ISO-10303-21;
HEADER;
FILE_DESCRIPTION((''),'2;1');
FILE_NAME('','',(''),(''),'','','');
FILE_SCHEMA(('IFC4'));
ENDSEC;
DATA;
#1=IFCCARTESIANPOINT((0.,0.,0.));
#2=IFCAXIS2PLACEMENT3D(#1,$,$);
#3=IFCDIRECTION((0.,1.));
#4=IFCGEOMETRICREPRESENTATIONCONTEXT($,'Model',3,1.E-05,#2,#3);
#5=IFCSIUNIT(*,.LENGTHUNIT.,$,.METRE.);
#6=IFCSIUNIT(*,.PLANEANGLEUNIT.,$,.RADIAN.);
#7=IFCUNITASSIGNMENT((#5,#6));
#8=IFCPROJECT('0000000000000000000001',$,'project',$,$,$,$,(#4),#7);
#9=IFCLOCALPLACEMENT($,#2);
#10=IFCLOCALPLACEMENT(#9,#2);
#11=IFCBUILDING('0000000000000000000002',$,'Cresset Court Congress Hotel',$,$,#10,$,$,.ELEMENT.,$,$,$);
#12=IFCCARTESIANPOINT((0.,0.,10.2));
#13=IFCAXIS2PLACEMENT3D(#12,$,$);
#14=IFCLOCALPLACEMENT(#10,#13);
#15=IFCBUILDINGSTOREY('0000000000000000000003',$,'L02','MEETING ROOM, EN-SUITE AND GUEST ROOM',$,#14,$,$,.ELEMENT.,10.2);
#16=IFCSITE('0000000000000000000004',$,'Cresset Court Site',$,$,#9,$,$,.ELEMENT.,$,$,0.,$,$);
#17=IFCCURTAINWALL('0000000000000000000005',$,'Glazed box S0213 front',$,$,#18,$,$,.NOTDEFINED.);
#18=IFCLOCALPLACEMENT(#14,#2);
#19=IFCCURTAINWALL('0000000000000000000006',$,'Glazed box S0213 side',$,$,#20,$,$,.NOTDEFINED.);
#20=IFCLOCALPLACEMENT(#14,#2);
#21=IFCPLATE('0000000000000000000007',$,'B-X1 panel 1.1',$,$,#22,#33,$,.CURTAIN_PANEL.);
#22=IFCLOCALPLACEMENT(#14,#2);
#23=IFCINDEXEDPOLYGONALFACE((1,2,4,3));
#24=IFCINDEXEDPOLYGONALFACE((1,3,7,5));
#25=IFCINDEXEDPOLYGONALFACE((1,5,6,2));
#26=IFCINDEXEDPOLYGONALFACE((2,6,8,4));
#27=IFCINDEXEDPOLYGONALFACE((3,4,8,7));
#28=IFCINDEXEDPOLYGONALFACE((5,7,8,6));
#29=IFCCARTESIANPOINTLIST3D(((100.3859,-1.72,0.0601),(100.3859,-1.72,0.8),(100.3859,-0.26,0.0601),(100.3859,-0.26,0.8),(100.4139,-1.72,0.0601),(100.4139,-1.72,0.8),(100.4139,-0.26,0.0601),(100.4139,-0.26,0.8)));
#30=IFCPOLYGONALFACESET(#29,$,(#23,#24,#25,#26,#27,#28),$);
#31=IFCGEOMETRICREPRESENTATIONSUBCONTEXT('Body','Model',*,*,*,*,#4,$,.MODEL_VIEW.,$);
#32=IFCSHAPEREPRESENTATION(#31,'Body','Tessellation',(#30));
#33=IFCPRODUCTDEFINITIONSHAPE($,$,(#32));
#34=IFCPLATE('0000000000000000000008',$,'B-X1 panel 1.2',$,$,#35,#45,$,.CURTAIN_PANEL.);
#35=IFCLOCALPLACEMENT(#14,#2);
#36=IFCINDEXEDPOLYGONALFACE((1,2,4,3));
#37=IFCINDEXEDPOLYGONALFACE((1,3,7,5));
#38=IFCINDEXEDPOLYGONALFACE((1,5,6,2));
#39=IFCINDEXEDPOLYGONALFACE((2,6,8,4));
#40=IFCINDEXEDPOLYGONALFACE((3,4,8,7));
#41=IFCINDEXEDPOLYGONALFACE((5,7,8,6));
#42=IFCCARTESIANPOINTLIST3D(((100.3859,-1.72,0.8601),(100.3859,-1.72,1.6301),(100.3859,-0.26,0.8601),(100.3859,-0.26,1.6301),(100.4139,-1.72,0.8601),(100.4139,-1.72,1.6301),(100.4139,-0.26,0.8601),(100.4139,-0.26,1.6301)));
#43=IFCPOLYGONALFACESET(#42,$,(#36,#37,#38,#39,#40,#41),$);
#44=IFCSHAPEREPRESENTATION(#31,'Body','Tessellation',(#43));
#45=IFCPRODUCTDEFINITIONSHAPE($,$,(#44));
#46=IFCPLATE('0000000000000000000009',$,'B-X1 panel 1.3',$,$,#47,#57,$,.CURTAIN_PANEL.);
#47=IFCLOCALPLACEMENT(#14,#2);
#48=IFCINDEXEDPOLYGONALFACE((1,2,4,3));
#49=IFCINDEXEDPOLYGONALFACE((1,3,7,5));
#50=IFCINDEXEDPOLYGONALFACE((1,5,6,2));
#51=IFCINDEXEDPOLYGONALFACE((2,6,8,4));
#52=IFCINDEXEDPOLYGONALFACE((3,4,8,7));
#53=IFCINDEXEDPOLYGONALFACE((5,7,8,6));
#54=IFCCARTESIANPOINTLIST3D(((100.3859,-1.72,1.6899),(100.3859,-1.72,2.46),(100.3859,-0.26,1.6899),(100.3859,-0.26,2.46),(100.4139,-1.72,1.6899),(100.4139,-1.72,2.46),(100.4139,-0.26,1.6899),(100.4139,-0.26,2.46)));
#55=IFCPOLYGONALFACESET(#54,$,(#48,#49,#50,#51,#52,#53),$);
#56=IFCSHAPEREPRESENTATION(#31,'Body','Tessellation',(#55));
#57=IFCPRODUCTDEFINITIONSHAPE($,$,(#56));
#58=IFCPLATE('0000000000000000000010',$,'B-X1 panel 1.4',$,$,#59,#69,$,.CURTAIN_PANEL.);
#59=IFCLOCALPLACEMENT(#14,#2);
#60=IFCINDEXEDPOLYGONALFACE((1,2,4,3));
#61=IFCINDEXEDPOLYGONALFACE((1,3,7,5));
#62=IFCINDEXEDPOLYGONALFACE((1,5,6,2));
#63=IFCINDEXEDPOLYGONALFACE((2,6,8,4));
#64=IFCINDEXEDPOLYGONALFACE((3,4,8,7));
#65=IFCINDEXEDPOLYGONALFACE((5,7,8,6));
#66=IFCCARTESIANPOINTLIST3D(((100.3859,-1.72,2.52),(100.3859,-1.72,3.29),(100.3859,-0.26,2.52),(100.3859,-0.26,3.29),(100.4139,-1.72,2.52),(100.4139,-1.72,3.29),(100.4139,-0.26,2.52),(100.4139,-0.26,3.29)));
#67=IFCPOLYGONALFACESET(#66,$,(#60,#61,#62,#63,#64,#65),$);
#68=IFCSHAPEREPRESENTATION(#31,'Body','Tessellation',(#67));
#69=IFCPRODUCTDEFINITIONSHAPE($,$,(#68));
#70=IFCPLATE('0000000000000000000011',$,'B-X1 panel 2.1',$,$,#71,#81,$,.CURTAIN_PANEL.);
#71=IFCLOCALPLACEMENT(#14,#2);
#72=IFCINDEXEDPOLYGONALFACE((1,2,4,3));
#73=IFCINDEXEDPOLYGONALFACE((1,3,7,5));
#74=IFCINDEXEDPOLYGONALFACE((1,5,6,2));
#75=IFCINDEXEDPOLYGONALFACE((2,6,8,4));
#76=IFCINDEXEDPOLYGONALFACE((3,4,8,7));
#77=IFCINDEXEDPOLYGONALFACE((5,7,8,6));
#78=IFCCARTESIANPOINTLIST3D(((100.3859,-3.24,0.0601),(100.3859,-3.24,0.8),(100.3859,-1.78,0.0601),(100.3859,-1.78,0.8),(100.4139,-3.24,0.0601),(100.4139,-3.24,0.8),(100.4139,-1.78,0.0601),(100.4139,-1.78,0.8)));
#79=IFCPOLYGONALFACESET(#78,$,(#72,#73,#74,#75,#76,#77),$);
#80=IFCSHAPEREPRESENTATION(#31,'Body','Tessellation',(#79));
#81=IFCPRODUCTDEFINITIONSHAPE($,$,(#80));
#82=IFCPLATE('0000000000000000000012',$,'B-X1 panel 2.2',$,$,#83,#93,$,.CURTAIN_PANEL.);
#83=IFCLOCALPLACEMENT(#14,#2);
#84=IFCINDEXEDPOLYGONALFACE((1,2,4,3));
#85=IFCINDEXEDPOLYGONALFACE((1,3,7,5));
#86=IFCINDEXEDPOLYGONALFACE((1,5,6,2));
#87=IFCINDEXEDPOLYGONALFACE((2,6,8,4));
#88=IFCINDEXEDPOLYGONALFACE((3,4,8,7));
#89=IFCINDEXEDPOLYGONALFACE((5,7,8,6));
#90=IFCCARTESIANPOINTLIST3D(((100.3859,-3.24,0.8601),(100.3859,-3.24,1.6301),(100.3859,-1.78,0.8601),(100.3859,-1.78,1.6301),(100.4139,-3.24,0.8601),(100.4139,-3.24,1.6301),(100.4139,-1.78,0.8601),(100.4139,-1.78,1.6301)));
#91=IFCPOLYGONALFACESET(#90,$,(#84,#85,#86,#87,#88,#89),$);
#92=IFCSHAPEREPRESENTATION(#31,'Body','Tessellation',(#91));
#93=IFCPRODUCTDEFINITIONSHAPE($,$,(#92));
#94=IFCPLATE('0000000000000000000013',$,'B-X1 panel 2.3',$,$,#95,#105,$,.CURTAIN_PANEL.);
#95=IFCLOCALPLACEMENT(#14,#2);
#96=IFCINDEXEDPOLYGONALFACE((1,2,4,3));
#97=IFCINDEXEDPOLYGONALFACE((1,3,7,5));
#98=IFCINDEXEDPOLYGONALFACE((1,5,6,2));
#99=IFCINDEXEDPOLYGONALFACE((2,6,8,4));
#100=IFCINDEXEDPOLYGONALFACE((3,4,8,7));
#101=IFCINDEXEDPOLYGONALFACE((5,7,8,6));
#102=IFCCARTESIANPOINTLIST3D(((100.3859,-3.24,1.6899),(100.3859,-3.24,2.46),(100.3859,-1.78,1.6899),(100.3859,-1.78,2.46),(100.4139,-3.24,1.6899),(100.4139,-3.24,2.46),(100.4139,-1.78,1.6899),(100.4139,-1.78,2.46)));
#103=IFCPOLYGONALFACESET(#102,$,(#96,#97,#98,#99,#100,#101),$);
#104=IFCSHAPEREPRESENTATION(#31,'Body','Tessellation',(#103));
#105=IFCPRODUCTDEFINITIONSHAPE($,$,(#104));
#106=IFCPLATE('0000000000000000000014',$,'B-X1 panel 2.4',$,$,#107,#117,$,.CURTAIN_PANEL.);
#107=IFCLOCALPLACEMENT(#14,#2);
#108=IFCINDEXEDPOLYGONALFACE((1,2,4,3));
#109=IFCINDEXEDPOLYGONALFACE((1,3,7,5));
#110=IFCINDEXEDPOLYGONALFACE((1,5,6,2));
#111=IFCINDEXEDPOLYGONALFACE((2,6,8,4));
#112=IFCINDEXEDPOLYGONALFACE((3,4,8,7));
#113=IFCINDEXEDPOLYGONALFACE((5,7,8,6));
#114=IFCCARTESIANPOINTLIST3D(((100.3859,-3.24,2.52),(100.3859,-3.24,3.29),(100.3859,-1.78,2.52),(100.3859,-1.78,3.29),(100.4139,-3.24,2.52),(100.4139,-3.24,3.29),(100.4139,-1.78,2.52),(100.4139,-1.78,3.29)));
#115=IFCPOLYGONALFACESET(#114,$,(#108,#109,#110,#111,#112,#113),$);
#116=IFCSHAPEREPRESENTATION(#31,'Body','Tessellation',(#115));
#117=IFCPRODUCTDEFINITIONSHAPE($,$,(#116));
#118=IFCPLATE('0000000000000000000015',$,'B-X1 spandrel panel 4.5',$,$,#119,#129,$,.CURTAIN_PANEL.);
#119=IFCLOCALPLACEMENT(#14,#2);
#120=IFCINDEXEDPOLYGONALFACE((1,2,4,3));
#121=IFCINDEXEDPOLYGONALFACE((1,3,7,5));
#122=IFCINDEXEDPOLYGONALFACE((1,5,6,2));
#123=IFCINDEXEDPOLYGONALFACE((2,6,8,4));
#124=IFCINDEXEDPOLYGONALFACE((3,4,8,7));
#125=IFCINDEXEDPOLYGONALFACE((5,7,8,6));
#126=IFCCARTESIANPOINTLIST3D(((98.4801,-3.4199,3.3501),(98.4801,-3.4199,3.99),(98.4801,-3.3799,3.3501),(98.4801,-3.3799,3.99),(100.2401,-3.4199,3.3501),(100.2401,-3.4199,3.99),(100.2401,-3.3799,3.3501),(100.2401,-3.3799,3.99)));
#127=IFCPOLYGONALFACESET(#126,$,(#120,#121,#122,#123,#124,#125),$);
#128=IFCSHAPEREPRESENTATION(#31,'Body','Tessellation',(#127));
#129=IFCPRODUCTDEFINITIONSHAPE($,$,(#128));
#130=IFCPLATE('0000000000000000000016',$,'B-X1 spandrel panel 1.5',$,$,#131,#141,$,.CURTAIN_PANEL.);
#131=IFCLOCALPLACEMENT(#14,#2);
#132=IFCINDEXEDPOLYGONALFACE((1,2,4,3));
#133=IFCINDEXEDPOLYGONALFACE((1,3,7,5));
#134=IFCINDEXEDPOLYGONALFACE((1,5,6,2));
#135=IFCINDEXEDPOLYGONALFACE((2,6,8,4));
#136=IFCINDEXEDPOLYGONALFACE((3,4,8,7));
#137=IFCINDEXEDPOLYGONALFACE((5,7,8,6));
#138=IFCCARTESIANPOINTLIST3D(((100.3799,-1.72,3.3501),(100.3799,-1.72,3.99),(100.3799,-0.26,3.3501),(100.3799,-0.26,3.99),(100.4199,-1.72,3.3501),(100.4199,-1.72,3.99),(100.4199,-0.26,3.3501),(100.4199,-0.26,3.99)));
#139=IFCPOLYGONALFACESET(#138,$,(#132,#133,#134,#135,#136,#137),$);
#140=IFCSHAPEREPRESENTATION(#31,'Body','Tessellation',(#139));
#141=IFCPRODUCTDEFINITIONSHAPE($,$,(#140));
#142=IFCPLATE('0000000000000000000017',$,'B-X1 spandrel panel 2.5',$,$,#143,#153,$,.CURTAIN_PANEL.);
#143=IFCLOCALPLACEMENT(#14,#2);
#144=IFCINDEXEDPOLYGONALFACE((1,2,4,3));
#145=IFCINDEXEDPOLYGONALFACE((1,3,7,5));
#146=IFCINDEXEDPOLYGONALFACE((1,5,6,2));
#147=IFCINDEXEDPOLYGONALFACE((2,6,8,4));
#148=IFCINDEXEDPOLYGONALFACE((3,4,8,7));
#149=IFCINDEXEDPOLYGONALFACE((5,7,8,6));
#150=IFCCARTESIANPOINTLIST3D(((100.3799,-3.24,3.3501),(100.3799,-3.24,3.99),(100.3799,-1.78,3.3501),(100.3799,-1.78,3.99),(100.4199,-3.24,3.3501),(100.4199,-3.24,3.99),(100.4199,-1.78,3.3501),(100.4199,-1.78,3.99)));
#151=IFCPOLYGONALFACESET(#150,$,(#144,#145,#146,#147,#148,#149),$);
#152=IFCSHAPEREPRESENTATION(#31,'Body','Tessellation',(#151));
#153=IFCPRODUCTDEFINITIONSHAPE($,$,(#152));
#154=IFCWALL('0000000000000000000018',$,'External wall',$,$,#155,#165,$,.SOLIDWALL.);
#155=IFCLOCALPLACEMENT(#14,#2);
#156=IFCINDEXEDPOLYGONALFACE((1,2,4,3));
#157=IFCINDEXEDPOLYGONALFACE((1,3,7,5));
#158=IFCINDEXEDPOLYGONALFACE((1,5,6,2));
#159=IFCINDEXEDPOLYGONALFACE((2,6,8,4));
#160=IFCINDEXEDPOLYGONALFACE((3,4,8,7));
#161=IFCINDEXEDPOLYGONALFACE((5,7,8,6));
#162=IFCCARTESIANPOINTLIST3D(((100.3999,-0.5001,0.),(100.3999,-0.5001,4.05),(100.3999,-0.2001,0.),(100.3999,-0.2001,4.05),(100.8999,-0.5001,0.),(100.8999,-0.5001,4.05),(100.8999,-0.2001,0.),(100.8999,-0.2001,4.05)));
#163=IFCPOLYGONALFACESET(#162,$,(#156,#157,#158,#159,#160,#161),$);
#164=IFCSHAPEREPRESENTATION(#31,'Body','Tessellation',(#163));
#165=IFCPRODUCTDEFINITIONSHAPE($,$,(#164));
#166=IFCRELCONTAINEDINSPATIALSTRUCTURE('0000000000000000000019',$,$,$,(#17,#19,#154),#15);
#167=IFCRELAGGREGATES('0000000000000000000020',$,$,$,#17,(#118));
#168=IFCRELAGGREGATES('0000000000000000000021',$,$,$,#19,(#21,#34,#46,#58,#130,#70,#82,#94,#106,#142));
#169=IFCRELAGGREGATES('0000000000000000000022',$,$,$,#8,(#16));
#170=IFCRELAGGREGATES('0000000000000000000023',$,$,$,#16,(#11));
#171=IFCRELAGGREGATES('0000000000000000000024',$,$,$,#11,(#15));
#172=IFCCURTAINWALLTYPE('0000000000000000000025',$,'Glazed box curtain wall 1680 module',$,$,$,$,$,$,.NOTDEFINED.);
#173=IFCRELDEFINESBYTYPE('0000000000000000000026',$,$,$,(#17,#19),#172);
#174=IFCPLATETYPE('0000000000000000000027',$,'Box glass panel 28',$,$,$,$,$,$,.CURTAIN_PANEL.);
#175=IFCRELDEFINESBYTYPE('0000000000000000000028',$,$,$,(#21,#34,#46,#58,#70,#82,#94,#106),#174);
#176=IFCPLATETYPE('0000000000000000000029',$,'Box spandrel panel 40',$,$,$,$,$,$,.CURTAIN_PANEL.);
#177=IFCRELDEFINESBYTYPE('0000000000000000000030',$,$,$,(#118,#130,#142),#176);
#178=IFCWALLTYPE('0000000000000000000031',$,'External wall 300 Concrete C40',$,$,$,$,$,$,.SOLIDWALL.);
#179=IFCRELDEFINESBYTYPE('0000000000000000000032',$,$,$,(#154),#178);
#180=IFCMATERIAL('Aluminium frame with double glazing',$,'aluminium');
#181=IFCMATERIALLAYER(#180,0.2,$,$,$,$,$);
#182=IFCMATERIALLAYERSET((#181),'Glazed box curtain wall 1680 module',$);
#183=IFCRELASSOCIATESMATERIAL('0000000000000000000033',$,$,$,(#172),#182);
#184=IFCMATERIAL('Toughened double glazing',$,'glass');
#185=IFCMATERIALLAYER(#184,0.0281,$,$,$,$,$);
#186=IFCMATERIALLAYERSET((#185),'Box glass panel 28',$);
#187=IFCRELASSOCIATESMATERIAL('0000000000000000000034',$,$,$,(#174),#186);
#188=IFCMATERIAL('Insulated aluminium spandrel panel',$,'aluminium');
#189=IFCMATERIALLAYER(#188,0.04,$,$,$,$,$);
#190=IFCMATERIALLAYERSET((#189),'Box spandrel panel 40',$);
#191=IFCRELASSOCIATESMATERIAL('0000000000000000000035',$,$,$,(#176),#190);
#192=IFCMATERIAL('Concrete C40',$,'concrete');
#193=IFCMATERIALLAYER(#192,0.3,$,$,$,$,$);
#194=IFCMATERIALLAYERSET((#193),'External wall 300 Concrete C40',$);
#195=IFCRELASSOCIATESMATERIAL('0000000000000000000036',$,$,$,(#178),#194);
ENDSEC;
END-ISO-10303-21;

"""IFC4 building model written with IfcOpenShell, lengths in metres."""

from ifc_helpers import new_model, si_unit, direction, frame, frame_2d, origin, origin_2d, place, context, subcontext, project, spatial, rectangle, extrude, material, layer, layer_set, type_object, element, aggregate, save


model = new_model("IFC4")

# Units and contexts
model_context = context("Model", 3, precision=1e-05, world=origin(), true_north=direction((0.0, 1.0)))
body_context = subcontext(model_context, "Body", "Model", "MODEL_VIEW")
ifc_project = project(units=[si_unit("LENGTHUNIT", "METRE"), si_unit("PLANEANGLEUNIT", "RADIAN")], contexts=[model_context])

# Site, building, storey
site_placement = place(None, origin())
site = spatial("IfcSite", under=ifc_project, at=site_placement, Name="Cresset Court Site", CompositionType="ELEMENT", RefElevation=0.0)
building_placement = place(site_placement, origin())
building = spatial("IfcBuilding", under=site, at=building_placement, Name="Cresset Court Congress Hotel", CompositionType="ELEMENT")
storey_placement = place(building_placement, frame((0.0, 0.0, 10.2)))
storey = spatial("IfcBuildingStorey", under=building, at=storey_placement, Name="L02", Description="MEETING ROOM, EN-SUITE AND GUEST ROOM", CompositionType="ELEMENT", Elevation=10.2)

# Curtain wall
ifc_material_1 = material(Name="Aluminium frame with double glazing", Category="aluminium")
ifc_layer_1 = layer(ifc_material_1, 0.2)
ifc_layer_set_1 = layer_set([ifc_layer_1], Name="Glazed box curtain wall 1680 module")
curtain_wall_type = type_object("IfcCurtainWallType", Name="Glazed box curtain wall 1680 module", PredefinedType="NOTDEFINED", material=ifc_layer_set_1)
curtain_wall_1_placement = place(storey_placement, origin())
curtain_wall_1 = element("IfcCurtainWall", 1, at=curtain_wall_1_placement, inside=storey, type_object=curtain_wall_type, Name="Glazed box S0213 front", PredefinedType="NOTDEFINED")

# Curtain wall
curtain_wall_2_placement = place(storey_placement, origin())
curtain_wall_2 = element("IfcCurtainWall", 2, at=curtain_wall_2_placement, inside=storey, type_object=curtain_wall_type, Name="Glazed box S0213 side", PredefinedType="NOTDEFINED")

# Plates
ifc_material_2 = material(Name="Toughened double glazing", Category="glass")
ifc_layer_2 = layer(ifc_material_2, 0.0281)
ifc_layer_set_2 = layer_set([ifc_layer_2], Name="Box glass panel 28")
plate_type_1 = type_object("IfcPlateType", Name="Box glass panel 28", PredefinedType="CURTAIN_PANEL", material=ifc_layer_set_2)
plate_1_placement = place(storey_placement, frame((100.3999, -0.99, 0.0601), z_axis=(0.0, 0.0, 1.0), x_axis=(0.0, -1.0, 0.0)))
plate_1 = element("IfcPlate", 3, at=plate_1_placement, type_object=plate_type_1, Name="B-X1 panel 1.1", PredefinedType="CURTAIN_PANEL", context=body_context, shape_type="SweptSolid", body=[
    extrude(rectangle(XDim=1.46, YDim=0.0281, at=origin_2d()), origin(), (0.0, 0.0, 1.0), 0.74),
])
plate_2_placement = place(storey_placement, frame((100.3999, -0.99, 0.8601), z_axis=(0.0, 0.0, 1.0), x_axis=(0.0, -1.0, 0.0)))
plate_2 = element("IfcPlate", 4, at=plate_2_placement, type_object=plate_type_1, Name="B-X1 panel 1.2", PredefinedType="CURTAIN_PANEL", context=body_context, shape_type="SweptSolid", body=[
    extrude(rectangle(XDim=1.46, YDim=0.0281, at=origin_2d()), origin(), (0.0, 0.0, 1.0), 0.77),
])
plate_3_placement = place(storey_placement, frame((100.3999, -0.99, 1.6899), z_axis=(0.0, 0.0, 1.0), x_axis=(0.0, -1.0, 0.0)))
plate_3 = element("IfcPlate", 5, at=plate_3_placement, type_object=plate_type_1, Name="B-X1 panel 1.3", PredefinedType="CURTAIN_PANEL", context=body_context, shape_type="SweptSolid", body=[
    extrude(rectangle(XDim=1.46, YDim=0.0281, at=origin_2d()), origin(), (0.0, 0.0, 1.0), 0.77),
])
plate_4_placement = place(storey_placement, frame((100.3999, -0.99, 2.52), z_axis=(0.0, 0.0, 1.0), x_axis=(0.0, -1.0, 0.0)))
plate_4 = element("IfcPlate", 6, at=plate_4_placement, type_object=plate_type_1, Name="B-X1 panel 1.4", PredefinedType="CURTAIN_PANEL", context=body_context, shape_type="SweptSolid", body=[
    extrude(rectangle(XDim=1.46, YDim=0.0281, at=origin_2d()), origin(), (0.0, 0.0, 1.0), 0.77),
])
plate_5_placement = place(storey_placement, frame((100.3999, -2.51, 0.0601), z_axis=(0.0, 0.0, 1.0), x_axis=(0.0, -1.0, 0.0)))
plate_5 = element("IfcPlate", 7, at=plate_5_placement, type_object=plate_type_1, Name="B-X1 panel 2.1", PredefinedType="CURTAIN_PANEL", context=body_context, shape_type="SweptSolid", body=[
    extrude(rectangle(XDim=1.46, YDim=0.0281, at=origin_2d()), origin(), (0.0, 0.0, 1.0), 0.74),
])
plate_6_placement = place(storey_placement, frame((100.3999, -2.51, 0.8601), z_axis=(0.0, 0.0, 1.0), x_axis=(0.0, -1.0, 0.0)))
plate_6 = element("IfcPlate", 8, at=plate_6_placement, type_object=plate_type_1, Name="B-X1 panel 2.2", PredefinedType="CURTAIN_PANEL", context=body_context, shape_type="SweptSolid", body=[
    extrude(rectangle(XDim=1.46, YDim=0.0281, at=origin_2d()), origin(), (0.0, 0.0, 1.0), 0.77),
])
plate_7_placement = place(storey_placement, frame((100.3999, -2.51, 1.6899), z_axis=(0.0, 0.0, 1.0), x_axis=(0.0, -1.0, 0.0)))
plate_7 = element("IfcPlate", 9, at=plate_7_placement, type_object=plate_type_1, Name="B-X1 panel 2.3", PredefinedType="CURTAIN_PANEL", context=body_context, shape_type="SweptSolid", body=[
    extrude(rectangle(XDim=1.46, YDim=0.0281, at=origin_2d()), origin(), (0.0, 0.0, 1.0), 0.77),
])
plate_8_placement = place(storey_placement, frame((100.3999, -2.51, 2.52), z_axis=(0.0, 0.0, 1.0), x_axis=(0.0, -1.0, 0.0)))
plate_8 = element("IfcPlate", 10, at=plate_8_placement, type_object=plate_type_1, Name="B-X1 panel 2.4", PredefinedType="CURTAIN_PANEL", context=body_context, shape_type="SweptSolid", body=[
    extrude(rectangle(XDim=1.46, YDim=0.0281, at=origin_2d()), origin(), (0.0, 0.0, 1.0), 0.77),
])
ifc_material_3 = material(Name="Insulated aluminium spandrel panel", Category="aluminium")
ifc_layer_3 = layer(ifc_material_3, 0.04)
ifc_layer_set_3 = layer_set([ifc_layer_3], Name="Box spandrel panel 40")
plate_type_2 = type_object("IfcPlateType", Name="Box spandrel panel 40", PredefinedType="CURTAIN_PANEL", material=ifc_layer_set_3)
plate_9_placement = place(storey_placement, frame((99.3601, -3.3999, 3.3501), z_axis=(0.0, 0.0, 1.0), x_axis=(1.0, 0.0, 0.0)))
plate_9 = element("IfcPlate", 11, at=plate_9_placement, type_object=plate_type_2, Name="B-X1 spandrel panel 4.5", PredefinedType="CURTAIN_PANEL", context=body_context, shape_type="SweptSolid", body=[
    extrude(rectangle(XDim=1.76, YDim=0.04, at=origin_2d()), origin(), (0.0, 0.0, 1.0), 0.6399),
])
aggregate(curtain_wall_1, [plate_9])
plate_10_placement = place(storey_placement, frame((100.3999, -0.99, 3.3501), z_axis=(0.0, 0.0, 1.0), x_axis=(0.0, -1.0, 0.0)))
plate_10 = element("IfcPlate", 12, at=plate_10_placement, type_object=plate_type_2, Name="B-X1 spandrel panel 1.5", PredefinedType="CURTAIN_PANEL", context=body_context, shape_type="SweptSolid", body=[
    extrude(rectangle(XDim=1.46, YDim=0.04, at=origin_2d()), origin(), (0.0, 0.0, 1.0), 0.6399),
])
plate_11_placement = place(storey_placement, frame((100.3999, -2.51, 3.3501), z_axis=(0.0, 0.0, 1.0), x_axis=(0.0, -1.0, 0.0)))
plate_11 = element("IfcPlate", 13, at=plate_11_placement, type_object=plate_type_2, Name="B-X1 spandrel panel 2.5", PredefinedType="CURTAIN_PANEL", context=body_context, shape_type="SweptSolid", body=[
    extrude(rectangle(XDim=1.46, YDim=0.04, at=origin_2d()), origin(), (0.0, 0.0, 1.0), 0.6399),
])
aggregate(curtain_wall_2, [plate_1, plate_2, plate_3, plate_4, plate_10, plate_5, plate_6, plate_7, plate_8, plate_11])

# Wall
ifc_material_4 = material(Name="Concrete C40", Category="concrete")
ifc_layer_4 = layer(ifc_material_4, 0.3)
ifc_layer_set_4 = layer_set([ifc_layer_4], Name="External wall 300 Concrete C40")
wall_type = type_object("IfcWallType", Name="External wall 300 Concrete C40", PredefinedType="SOLIDWALL", material=ifc_layer_set_4)
wall_placement = place(storey_placement, frame((100.3999, -0.3501, 0.0), z_axis=(0.0, 0.0, 1.0), x_axis=(1.0, 0.0, 0.0)))
element("IfcWall", 14, at=wall_placement, inside=storey, type_object=wall_type, Name="External wall", PredefinedType="SOLIDWALL", context=body_context, shape_type="SweptSolid", body=[
    extrude(rectangle(XDim=0.5, YDim=0.3, at=frame_2d((0.25, 0.0))), origin(), (0.0, 0.0, 1.0), 4.05),
])

save(model, "model.ifc")
